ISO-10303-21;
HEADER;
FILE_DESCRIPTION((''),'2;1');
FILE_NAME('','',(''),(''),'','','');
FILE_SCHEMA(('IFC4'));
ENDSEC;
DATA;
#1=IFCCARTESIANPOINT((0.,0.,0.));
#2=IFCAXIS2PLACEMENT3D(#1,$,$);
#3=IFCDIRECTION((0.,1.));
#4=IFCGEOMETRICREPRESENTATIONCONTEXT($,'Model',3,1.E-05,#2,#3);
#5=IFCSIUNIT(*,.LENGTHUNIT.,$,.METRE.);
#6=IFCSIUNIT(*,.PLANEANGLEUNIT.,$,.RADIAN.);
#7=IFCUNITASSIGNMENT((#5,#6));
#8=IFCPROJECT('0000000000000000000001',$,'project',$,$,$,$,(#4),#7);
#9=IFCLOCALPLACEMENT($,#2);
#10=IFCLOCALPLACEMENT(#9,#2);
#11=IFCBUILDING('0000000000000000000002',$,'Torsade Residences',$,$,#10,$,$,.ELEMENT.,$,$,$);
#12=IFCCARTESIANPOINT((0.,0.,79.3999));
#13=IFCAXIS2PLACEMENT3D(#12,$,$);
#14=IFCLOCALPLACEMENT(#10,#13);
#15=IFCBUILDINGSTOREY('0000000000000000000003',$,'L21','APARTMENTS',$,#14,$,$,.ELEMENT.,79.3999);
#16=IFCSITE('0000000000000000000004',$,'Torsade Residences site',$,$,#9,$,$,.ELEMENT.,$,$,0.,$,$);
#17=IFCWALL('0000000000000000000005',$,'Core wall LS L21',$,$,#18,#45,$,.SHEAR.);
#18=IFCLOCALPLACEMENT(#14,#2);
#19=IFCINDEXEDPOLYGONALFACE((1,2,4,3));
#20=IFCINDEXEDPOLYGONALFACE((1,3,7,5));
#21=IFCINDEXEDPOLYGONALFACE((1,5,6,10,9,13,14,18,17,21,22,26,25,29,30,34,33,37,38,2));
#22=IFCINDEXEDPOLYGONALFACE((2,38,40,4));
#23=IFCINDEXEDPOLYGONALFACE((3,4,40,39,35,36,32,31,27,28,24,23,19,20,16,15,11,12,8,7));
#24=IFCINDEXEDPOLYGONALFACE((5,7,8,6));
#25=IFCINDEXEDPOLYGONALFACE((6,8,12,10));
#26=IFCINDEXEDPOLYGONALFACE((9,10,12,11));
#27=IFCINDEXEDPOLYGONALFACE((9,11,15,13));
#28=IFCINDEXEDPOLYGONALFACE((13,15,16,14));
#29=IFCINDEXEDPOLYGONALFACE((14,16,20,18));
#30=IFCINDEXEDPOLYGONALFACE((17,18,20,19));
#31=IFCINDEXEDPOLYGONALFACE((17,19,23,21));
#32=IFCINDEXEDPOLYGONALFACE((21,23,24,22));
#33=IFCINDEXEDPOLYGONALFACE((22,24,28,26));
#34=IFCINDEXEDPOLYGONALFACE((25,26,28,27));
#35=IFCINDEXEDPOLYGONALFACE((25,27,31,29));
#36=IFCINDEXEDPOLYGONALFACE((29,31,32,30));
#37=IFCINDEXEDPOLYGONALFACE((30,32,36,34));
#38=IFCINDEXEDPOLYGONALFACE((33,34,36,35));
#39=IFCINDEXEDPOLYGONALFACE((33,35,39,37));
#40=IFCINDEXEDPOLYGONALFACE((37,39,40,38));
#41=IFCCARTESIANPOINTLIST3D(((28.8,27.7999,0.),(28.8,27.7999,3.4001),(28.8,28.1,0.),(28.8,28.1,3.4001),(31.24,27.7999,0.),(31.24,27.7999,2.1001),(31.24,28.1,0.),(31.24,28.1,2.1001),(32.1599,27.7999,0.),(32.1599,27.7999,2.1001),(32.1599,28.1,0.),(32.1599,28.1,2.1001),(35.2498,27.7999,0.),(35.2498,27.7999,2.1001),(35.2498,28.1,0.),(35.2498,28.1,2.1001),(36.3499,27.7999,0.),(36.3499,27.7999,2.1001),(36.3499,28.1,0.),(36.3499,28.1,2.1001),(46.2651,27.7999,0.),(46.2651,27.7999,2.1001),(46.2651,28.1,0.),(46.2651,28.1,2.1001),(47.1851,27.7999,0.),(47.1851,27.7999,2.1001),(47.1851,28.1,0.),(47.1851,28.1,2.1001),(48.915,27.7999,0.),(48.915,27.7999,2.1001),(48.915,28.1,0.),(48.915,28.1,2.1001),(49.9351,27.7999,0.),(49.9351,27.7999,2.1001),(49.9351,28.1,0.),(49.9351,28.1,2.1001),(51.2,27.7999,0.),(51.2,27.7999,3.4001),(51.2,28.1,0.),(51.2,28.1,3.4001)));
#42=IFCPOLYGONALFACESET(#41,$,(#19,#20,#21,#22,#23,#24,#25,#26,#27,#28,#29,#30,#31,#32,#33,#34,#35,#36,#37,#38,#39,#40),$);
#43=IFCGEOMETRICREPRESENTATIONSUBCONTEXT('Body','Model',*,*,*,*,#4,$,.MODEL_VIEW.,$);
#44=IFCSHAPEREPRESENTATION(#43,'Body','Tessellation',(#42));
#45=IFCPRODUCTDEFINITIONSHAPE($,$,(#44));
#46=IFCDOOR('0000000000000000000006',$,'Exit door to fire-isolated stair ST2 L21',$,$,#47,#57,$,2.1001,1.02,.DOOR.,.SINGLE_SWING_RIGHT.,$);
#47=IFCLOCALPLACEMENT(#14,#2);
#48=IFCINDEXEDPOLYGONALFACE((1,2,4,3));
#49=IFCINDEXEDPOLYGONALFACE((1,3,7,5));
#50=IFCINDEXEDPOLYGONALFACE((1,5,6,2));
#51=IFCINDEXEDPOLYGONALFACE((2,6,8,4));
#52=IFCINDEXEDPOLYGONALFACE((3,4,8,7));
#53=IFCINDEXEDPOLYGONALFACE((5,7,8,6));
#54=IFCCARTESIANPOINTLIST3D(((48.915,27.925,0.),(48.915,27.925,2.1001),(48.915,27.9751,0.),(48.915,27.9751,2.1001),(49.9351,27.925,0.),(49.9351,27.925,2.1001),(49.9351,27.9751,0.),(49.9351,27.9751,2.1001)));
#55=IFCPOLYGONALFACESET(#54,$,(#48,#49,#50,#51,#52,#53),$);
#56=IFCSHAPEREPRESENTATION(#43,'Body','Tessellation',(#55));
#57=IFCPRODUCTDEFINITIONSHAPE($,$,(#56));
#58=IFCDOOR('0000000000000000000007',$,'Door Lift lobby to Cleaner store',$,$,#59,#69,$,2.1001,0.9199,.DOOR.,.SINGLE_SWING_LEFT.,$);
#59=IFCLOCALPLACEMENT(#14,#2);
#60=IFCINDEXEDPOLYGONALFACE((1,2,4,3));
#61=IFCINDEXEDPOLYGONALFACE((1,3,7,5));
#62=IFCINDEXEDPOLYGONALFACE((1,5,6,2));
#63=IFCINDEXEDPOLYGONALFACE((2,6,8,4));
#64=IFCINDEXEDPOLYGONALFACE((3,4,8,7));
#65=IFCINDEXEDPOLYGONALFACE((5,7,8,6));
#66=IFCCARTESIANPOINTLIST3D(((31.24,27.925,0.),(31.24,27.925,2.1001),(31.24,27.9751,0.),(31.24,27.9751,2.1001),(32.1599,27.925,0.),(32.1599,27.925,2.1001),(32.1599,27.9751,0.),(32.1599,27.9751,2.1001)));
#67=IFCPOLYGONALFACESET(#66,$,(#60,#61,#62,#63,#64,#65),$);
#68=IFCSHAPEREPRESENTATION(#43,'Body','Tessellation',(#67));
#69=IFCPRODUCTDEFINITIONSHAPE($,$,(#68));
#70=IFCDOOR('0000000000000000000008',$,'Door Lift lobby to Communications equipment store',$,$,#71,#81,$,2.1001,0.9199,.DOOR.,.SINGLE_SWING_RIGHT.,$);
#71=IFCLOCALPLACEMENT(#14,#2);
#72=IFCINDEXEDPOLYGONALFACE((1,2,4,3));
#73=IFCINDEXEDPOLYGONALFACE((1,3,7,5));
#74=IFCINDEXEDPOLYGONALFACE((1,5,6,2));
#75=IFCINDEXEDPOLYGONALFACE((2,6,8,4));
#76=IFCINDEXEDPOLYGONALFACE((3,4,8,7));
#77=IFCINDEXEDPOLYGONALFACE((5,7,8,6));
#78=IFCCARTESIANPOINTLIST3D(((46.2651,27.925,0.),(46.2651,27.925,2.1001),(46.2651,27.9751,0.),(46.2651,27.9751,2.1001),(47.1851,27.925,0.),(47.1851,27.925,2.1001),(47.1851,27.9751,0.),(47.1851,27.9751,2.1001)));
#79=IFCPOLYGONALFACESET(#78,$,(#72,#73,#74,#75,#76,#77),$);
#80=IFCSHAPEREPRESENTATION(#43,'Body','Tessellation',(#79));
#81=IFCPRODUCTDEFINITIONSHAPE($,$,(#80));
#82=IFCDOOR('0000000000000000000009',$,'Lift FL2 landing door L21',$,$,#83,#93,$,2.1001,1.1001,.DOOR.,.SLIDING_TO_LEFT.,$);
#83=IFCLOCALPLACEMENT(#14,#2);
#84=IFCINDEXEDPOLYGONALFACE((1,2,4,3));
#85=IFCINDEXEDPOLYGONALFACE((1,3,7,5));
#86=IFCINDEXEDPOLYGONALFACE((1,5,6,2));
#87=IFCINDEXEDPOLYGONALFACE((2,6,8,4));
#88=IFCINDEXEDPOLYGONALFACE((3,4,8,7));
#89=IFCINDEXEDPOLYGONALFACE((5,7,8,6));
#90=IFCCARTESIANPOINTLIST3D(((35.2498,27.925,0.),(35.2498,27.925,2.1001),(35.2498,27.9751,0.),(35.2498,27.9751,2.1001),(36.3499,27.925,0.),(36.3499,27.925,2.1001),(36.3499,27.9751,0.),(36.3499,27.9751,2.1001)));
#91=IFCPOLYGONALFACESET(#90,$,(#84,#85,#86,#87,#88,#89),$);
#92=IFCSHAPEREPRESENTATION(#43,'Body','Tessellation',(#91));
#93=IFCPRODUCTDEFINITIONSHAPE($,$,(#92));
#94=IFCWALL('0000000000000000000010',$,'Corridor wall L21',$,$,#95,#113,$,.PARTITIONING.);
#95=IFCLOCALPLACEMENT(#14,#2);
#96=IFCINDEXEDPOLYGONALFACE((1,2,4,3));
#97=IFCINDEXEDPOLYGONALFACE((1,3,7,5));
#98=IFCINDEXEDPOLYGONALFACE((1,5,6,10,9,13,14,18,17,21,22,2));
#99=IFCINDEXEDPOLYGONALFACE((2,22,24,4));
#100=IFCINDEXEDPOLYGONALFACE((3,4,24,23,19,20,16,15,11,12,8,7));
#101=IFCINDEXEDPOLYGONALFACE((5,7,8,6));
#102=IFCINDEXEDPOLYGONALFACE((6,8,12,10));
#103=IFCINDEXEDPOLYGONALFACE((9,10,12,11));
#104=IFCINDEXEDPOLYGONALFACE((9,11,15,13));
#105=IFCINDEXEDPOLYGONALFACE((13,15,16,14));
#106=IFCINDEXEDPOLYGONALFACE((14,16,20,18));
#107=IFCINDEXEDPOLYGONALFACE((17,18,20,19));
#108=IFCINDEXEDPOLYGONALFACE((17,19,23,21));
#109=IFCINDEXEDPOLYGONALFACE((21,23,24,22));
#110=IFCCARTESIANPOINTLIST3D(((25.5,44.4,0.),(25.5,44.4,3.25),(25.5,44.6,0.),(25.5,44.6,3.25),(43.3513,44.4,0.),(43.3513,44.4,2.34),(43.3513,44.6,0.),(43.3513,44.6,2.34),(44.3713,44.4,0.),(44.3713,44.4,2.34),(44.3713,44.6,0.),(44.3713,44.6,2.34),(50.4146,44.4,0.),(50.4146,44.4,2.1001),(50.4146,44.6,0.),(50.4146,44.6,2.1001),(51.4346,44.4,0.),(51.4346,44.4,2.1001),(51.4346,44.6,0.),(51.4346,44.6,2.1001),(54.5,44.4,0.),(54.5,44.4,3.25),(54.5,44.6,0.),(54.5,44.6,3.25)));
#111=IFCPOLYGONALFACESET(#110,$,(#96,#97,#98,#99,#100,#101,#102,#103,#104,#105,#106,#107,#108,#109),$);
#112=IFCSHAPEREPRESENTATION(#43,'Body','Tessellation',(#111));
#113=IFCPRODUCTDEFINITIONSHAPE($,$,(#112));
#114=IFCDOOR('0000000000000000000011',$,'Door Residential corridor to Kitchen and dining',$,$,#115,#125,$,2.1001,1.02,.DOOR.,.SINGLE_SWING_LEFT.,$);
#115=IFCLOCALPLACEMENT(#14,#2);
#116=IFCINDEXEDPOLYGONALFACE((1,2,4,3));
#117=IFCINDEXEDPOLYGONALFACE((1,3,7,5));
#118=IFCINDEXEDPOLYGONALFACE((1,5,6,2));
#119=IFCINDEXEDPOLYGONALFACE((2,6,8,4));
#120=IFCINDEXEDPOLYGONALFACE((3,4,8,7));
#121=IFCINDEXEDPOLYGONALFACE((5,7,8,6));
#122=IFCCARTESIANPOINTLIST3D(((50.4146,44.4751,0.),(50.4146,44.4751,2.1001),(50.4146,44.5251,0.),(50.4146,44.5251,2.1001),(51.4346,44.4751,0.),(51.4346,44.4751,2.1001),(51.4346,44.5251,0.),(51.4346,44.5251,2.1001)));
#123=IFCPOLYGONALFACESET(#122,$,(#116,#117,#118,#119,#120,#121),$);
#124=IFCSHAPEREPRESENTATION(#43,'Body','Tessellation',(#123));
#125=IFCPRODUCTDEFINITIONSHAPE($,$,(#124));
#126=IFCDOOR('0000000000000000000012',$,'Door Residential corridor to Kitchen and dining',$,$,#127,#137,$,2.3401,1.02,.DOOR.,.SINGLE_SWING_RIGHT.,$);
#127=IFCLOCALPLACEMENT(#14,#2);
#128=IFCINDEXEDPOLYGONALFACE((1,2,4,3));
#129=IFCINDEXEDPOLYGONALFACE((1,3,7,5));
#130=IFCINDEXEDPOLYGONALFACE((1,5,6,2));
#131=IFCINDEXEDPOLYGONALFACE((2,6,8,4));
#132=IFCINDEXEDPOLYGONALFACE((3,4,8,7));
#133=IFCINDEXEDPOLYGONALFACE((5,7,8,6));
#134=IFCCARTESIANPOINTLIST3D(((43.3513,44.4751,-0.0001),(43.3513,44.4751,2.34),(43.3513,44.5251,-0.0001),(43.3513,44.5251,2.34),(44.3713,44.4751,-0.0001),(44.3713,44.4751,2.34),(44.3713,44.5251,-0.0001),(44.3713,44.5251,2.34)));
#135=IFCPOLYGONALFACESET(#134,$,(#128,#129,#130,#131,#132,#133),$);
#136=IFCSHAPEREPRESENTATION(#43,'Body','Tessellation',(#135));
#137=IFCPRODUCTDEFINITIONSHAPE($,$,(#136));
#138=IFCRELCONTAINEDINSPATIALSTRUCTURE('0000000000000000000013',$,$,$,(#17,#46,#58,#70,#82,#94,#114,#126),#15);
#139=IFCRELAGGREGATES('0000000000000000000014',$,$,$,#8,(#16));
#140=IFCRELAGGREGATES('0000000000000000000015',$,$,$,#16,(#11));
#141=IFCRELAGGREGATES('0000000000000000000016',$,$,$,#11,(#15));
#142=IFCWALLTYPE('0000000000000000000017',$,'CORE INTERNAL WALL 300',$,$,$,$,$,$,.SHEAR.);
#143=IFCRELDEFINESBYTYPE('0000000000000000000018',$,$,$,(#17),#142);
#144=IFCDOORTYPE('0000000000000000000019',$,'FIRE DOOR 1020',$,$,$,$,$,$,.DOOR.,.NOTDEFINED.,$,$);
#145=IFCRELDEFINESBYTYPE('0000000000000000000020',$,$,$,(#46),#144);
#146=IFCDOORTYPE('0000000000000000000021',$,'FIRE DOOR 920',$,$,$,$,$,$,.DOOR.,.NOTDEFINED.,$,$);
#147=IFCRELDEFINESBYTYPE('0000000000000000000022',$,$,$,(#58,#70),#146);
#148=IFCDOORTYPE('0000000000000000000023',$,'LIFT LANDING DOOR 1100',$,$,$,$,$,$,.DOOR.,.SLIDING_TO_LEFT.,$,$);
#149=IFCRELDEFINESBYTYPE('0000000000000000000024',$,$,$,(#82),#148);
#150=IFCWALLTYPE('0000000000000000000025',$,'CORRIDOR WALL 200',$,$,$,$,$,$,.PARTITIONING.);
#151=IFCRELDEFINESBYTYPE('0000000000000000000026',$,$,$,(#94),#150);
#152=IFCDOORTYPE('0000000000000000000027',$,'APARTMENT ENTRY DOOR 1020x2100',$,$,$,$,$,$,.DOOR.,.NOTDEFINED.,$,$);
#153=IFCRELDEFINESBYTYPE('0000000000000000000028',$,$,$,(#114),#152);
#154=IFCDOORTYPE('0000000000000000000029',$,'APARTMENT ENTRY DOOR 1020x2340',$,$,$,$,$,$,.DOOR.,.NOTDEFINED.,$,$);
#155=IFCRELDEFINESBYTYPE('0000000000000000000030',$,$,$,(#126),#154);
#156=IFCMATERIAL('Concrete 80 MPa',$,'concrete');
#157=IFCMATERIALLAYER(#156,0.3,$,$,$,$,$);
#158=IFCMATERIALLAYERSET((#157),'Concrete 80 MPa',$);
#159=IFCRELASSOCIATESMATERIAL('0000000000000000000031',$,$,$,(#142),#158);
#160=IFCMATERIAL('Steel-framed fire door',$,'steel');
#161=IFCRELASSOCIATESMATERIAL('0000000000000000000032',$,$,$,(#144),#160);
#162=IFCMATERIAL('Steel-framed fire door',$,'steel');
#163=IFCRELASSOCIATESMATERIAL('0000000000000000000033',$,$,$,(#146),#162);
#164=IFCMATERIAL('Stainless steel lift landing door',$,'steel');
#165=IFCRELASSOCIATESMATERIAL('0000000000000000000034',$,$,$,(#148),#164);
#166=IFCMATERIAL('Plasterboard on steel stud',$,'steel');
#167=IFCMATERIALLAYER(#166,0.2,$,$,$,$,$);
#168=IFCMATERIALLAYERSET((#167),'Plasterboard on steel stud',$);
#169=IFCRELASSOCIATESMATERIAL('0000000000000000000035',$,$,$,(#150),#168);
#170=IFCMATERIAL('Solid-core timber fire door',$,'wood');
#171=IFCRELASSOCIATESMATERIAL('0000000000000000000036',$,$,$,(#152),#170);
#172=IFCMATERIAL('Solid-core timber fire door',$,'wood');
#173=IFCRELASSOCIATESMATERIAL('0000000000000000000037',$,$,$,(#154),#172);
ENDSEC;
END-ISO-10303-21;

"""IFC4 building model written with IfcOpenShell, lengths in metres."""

from ifc_helpers import new_model, si_unit, direction, frame, frame_2d, origin, place, context, subcontext, project, spatial, rectangle, extrude, material, layer, layer_set, type_object, element, fill, save


model = new_model("IFC4")

# Units and contexts
model_context = context("Model", 3, precision=1e-05, world=origin(), true_north=direction((0.0, 1.0)))
body_context = subcontext(model_context, "Body", "Model", "MODEL_VIEW")
ifc_project = project(units=[si_unit("LENGTHUNIT", "METRE"), si_unit("PLANEANGLEUNIT", "RADIAN")], contexts=[model_context])

# Site, building, storey
site_placement = place(None, origin())
site = spatial("IfcSite", under=ifc_project, at=site_placement, Name="Torsade Residences site", CompositionType="ELEMENT", RefElevation=0.0)
building_placement = place(site_placement, origin())
building = spatial("IfcBuilding", under=site, at=building_placement, Name="Torsade Residences", CompositionType="ELEMENT")
storey_placement = place(building_placement, frame((0.0, 0.0, 79.3999)))
storey = spatial("IfcBuildingStorey", under=building, at=storey_placement, Name="L21", Description="APARTMENTS", CompositionType="ELEMENT", Elevation=79.3999)

# Walls, openings, doors
ifc_material_1 = material(Name="Concrete 80 MPa", Category="concrete")
ifc_layer_1 = layer(ifc_material_1, 0.3)
ifc_layer_set_1 = layer_set([ifc_layer_1], Name="Concrete 80 MPa")
wall_type_1 = type_object("IfcWallType", Name="CORE INTERNAL WALL 300", PredefinedType="SHEAR", material=ifc_layer_set_1)
wall_1_placement = place(storey_placement, frame((51.2, 27.95, 0.0), z_axis=(0.0, 0.0, 1.0), x_axis=(-1.0, 0.0, 0.0)))
wall_1 = element("IfcWall", 1, at=wall_1_placement, inside=storey, type_object=wall_type_1, Name="Core wall LS L21", PredefinedType="SHEAR", context=body_context, shape_type="SweptSolid", body=[
    extrude(rectangle(XDim=22.3999, YDim=0.3, at=frame_2d((11.2, 0.0))), origin(), (0.0, 0.0, 1.0), 3.4001),
])
opening_1_placement = place(wall_1_placement, frame((19.04, 0.0, 0.0)))
opening_1 = element("IfcOpeningElement", 2, at=opening_1_placement, cuts=wall_1, PredefinedType="OPENING", context=body_context, shape_type="SweptSolid", body=[
    extrude(rectangle(XDim=0.9199, YDim=2.1001, at=frame_2d((0.46, 1.05))), frame((0.0, 0.1599, 0.0), z_axis=(0.0, -1.0, 0.0), x_axis=(1.0, 0.0, 0.0)), (0.0, 0.0, 1.0), 0.3201),
])
opening_2_placement = place(wall_1_placement, frame((1.2649, 0.0, 0.0)))
opening_2 = element("IfcOpeningElement", 3, at=opening_2_placement, cuts=wall_1, PredefinedType="OPENING", context=body_context, shape_type="SweptSolid", body=[
    extrude(rectangle(XDim=1.02, YDim=2.1001, at=frame_2d((0.51, 1.05))), frame((0.0, 0.1599, 0.0), z_axis=(0.0, -1.0, 0.0), x_axis=(1.0, 0.0, 0.0)), (0.0, 0.0, 1.0), 0.3201),
])
opening_3_placement = place(wall_1_placement, frame((4.0149, 0.0, 0.0)))
opening_3 = element("IfcOpeningElement", 4, at=opening_3_placement, cuts=wall_1, PredefinedType="OPENING", context=body_context, shape_type="SweptSolid", body=[
    extrude(rectangle(XDim=0.9199, YDim=2.1001, at=frame_2d((0.46, 1.05))), frame((0.0, 0.1599, 0.0), z_axis=(0.0, -1.0, 0.0), x_axis=(1.0, 0.0, 0.0)), (0.0, 0.0, 1.0), 0.3201),
])
opening_4_placement = place(wall_1_placement, frame((14.8501, 0.0, 0.0)))
opening_4 = element("IfcOpeningElement", 5, at=opening_4_placement, cuts=wall_1, PredefinedType="OPENING", context=body_context, shape_type="SweptSolid", body=[
    extrude(rectangle(XDim=1.1001, YDim=2.1001, at=frame_2d((0.55, 1.05))), frame((0.0, 0.1599, 0.0), z_axis=(0.0, -1.0, 0.0), x_axis=(1.0, 0.0, 0.0)), (0.0, 0.0, 1.0), 0.3201),
])
ifc_material_2 = material(Name="Steel-framed fire door", Category="steel")
door_type_1 = type_object("IfcDoorType", Name="FIRE DOOR 1020", OperationType="NOTDEFINED", PredefinedType="DOOR", material=ifc_material_2)
door_1_placement = place(opening_2_placement, origin())
door_1 = element("IfcDoor", 6, at=door_1_placement, inside=storey, type_object=door_type_1, Name="Exit door to fire-isolated stair ST2 L21", OperationType="SINGLE_SWING_RIGHT", OverallHeight=2.1001, OverallWidth=1.02, PredefinedType="DOOR", context=body_context, shape_type="SweptSolid", body=[
    extrude(rectangle(XDim=1.02, YDim=2.1001, at=frame_2d((0.51, 1.05))), frame((0.0, 0.0249, 0.0), z_axis=(0.0, -1.0, 0.0), x_axis=(1.0, 0.0, 0.0)), (0.0, 0.0, 1.0), 0.05),
])
fill(opening_2, door_1)
ifc_material_3 = material(Name="Steel-framed fire door", Category="steel")
door_type_2 = type_object("IfcDoorType", Name="FIRE DOOR 920", OperationType="NOTDEFINED", PredefinedType="DOOR", material=ifc_material_3)
door_2_placement = place(opening_1_placement, origin())
door_2 = element("IfcDoor", 7, at=door_2_placement, inside=storey, type_object=door_type_2, Name="Door Lift lobby to Cleaner store", OperationType="SINGLE_SWING_LEFT", OverallHeight=2.1001, OverallWidth=0.9199, PredefinedType="DOOR", context=body_context, shape_type="SweptSolid", body=[
    extrude(rectangle(XDim=0.9199, YDim=2.1001, at=frame_2d((0.46, 1.05))), frame((0.0, 0.0249, 0.0), z_axis=(0.0, -1.0, 0.0), x_axis=(1.0, 0.0, 0.0)), (0.0, 0.0, 1.0), 0.05),
])
fill(opening_1, door_2)
door_3_placement = place(opening_3_placement, origin())
door_3 = element("IfcDoor", 8, at=door_3_placement, inside=storey, type_object=door_type_2, Name="Door Lift lobby to Communications equipment store", OperationType="SINGLE_SWING_RIGHT", OverallHeight=2.1001, OverallWidth=0.9199, PredefinedType="DOOR", context=body_context, shape_type="SweptSolid", body=[
    extrude(rectangle(XDim=0.9199, YDim=2.1001, at=frame_2d((0.46, 1.05))), frame((0.0, 0.0249, 0.0), z_axis=(0.0, -1.0, 0.0), x_axis=(1.0, 0.0, 0.0)), (0.0, 0.0, 1.0), 0.05),
])
fill(opening_3, door_3)
ifc_material_4 = material(Name="Stainless steel lift landing door", Category="steel")
door_type_3 = type_object("IfcDoorType", Name="LIFT LANDING DOOR 1100", OperationType="SLIDING_TO_LEFT", PredefinedType="DOOR", material=ifc_material_4)
door_4_placement = place(opening_4_placement, origin())
door_4 = element("IfcDoor", 9, at=door_4_placement, inside=storey, type_object=door_type_3, Name="Lift FL2 landing door L21", OperationType="SLIDING_TO_LEFT", OverallHeight=2.1001, OverallWidth=1.1001, PredefinedType="DOOR", context=body_context, shape_type="SweptSolid", body=[
    extrude(rectangle(XDim=1.1001, YDim=2.1001, at=frame_2d((0.55, 1.05))), frame((0.0, 0.0249, 0.0), z_axis=(0.0, -1.0, 0.0), x_axis=(1.0, 0.0, 0.0)), (0.0, 0.0, 1.0), 0.05),
])
fill(opening_4, door_4)
ifc_material_5 = material(Name="Plasterboard on steel stud", Category="steel")
ifc_layer_2 = layer(ifc_material_5, 0.2)
ifc_layer_set_2 = layer_set([ifc_layer_2], Name="Plasterboard on steel stud")
wall_type_2 = type_object("IfcWallType", Name="CORRIDOR WALL 200", PredefinedType="PARTITIONING", material=ifc_layer_set_2)
wall_2_placement = place(storey_placement, frame((54.5, 44.5, 0.0), z_axis=(0.0, 0.0, 1.0), x_axis=(-1.0, 0.0, 0.0)))
wall_2 = element("IfcWall", 10, at=wall_2_placement, inside=storey, type_object=wall_type_2, Name="Corridor wall L21", PredefinedType="PARTITIONING", context=body_context, shape_type="SweptSolid", body=[
    extrude(rectangle(XDim=29.0, YDim=0.2, at=frame_2d((14.5, 0.0))), origin(), (0.0, 0.0, 1.0), 3.25),
])
opening_5_placement = place(wall_2_placement, frame((10.1287, 0.0, 0.0)))
opening_5 = element("IfcOpeningElement", 11, at=opening_5_placement, cuts=wall_2, PredefinedType="OPENING", context=body_context, shape_type="SweptSolid", body=[
    extrude(rectangle(XDim=1.02, YDim=2.3401, at=frame_2d((0.51, 1.1699))), frame((0.0, 0.1099, 0.0), z_axis=(0.0, -1.0, 0.0), x_axis=(1.0, 0.0, 0.0)), (0.0, 0.0, 1.0), 0.22),
])
opening_6_placement = place(wall_2_placement, frame((3.0654, 0.0, 0.0)))
opening_6 = element("IfcOpeningElement", 12, at=opening_6_placement, cuts=wall_2, PredefinedType="OPENING", context=body_context, shape_type="SweptSolid", body=[
    extrude(rectangle(XDim=1.02, YDim=2.1001, at=frame_2d((0.51, 1.05))), frame((0.0, 0.1099, 0.0), z_axis=(0.0, -1.0, 0.0), x_axis=(1.0, 0.0, 0.0)), (0.0, 0.0, 1.0), 0.22),
])
ifc_material_6 = material(Name="Solid-core timber fire door", Category="wood")
door_type_4 = type_object("IfcDoorType", Name="APARTMENT ENTRY DOOR 1020x2100", OperationType="NOTDEFINED", PredefinedType="DOOR", material=ifc_material_6)
door_5_placement = place(opening_6_placement, origin())
door_5 = element("IfcDoor", 13, at=door_5_placement, inside=storey, type_object=door_type_4, Name="Door Residential corridor to Kitchen and dining", OperationType="SINGLE_SWING_LEFT", OverallHeight=2.1001, OverallWidth=1.02, PredefinedType="DOOR", context=body_context, shape_type="SweptSolid", body=[
    extrude(rectangle(XDim=1.02, YDim=2.1001, at=frame_2d((0.51, 1.05))), frame((0.0, 0.0249, 0.0), z_axis=(0.0, -1.0, 0.0), x_axis=(1.0, 0.0, 0.0)), (0.0, 0.0, 1.0), 0.05),
])
fill(opening_6, door_5)
ifc_material_7 = material(Name="Solid-core timber fire door", Category="wood")
door_type_5 = type_object("IfcDoorType", Name="APARTMENT ENTRY DOOR 1020x2340", OperationType="NOTDEFINED", PredefinedType="DOOR", material=ifc_material_7)
door_6_placement = place(opening_5_placement, origin())
door_6 = element("IfcDoor", 14, at=door_6_placement, inside=storey, type_object=door_type_5, Name="Door Residential corridor to Kitchen and dining", OperationType="SINGLE_SWING_RIGHT", OverallHeight=2.3401, OverallWidth=1.02, PredefinedType="DOOR", context=body_context, shape_type="SweptSolid", body=[
    extrude(rectangle(XDim=1.02, YDim=2.3401, at=frame_2d((0.51, 1.1699))), frame((0.0, 0.0249, 0.0), z_axis=(0.0, -1.0, 0.0), x_axis=(1.0, 0.0, 0.0)), (0.0, 0.0, 1.0), 0.05),
])
fill(opening_5, door_6)

save(model, "model.ifc")
